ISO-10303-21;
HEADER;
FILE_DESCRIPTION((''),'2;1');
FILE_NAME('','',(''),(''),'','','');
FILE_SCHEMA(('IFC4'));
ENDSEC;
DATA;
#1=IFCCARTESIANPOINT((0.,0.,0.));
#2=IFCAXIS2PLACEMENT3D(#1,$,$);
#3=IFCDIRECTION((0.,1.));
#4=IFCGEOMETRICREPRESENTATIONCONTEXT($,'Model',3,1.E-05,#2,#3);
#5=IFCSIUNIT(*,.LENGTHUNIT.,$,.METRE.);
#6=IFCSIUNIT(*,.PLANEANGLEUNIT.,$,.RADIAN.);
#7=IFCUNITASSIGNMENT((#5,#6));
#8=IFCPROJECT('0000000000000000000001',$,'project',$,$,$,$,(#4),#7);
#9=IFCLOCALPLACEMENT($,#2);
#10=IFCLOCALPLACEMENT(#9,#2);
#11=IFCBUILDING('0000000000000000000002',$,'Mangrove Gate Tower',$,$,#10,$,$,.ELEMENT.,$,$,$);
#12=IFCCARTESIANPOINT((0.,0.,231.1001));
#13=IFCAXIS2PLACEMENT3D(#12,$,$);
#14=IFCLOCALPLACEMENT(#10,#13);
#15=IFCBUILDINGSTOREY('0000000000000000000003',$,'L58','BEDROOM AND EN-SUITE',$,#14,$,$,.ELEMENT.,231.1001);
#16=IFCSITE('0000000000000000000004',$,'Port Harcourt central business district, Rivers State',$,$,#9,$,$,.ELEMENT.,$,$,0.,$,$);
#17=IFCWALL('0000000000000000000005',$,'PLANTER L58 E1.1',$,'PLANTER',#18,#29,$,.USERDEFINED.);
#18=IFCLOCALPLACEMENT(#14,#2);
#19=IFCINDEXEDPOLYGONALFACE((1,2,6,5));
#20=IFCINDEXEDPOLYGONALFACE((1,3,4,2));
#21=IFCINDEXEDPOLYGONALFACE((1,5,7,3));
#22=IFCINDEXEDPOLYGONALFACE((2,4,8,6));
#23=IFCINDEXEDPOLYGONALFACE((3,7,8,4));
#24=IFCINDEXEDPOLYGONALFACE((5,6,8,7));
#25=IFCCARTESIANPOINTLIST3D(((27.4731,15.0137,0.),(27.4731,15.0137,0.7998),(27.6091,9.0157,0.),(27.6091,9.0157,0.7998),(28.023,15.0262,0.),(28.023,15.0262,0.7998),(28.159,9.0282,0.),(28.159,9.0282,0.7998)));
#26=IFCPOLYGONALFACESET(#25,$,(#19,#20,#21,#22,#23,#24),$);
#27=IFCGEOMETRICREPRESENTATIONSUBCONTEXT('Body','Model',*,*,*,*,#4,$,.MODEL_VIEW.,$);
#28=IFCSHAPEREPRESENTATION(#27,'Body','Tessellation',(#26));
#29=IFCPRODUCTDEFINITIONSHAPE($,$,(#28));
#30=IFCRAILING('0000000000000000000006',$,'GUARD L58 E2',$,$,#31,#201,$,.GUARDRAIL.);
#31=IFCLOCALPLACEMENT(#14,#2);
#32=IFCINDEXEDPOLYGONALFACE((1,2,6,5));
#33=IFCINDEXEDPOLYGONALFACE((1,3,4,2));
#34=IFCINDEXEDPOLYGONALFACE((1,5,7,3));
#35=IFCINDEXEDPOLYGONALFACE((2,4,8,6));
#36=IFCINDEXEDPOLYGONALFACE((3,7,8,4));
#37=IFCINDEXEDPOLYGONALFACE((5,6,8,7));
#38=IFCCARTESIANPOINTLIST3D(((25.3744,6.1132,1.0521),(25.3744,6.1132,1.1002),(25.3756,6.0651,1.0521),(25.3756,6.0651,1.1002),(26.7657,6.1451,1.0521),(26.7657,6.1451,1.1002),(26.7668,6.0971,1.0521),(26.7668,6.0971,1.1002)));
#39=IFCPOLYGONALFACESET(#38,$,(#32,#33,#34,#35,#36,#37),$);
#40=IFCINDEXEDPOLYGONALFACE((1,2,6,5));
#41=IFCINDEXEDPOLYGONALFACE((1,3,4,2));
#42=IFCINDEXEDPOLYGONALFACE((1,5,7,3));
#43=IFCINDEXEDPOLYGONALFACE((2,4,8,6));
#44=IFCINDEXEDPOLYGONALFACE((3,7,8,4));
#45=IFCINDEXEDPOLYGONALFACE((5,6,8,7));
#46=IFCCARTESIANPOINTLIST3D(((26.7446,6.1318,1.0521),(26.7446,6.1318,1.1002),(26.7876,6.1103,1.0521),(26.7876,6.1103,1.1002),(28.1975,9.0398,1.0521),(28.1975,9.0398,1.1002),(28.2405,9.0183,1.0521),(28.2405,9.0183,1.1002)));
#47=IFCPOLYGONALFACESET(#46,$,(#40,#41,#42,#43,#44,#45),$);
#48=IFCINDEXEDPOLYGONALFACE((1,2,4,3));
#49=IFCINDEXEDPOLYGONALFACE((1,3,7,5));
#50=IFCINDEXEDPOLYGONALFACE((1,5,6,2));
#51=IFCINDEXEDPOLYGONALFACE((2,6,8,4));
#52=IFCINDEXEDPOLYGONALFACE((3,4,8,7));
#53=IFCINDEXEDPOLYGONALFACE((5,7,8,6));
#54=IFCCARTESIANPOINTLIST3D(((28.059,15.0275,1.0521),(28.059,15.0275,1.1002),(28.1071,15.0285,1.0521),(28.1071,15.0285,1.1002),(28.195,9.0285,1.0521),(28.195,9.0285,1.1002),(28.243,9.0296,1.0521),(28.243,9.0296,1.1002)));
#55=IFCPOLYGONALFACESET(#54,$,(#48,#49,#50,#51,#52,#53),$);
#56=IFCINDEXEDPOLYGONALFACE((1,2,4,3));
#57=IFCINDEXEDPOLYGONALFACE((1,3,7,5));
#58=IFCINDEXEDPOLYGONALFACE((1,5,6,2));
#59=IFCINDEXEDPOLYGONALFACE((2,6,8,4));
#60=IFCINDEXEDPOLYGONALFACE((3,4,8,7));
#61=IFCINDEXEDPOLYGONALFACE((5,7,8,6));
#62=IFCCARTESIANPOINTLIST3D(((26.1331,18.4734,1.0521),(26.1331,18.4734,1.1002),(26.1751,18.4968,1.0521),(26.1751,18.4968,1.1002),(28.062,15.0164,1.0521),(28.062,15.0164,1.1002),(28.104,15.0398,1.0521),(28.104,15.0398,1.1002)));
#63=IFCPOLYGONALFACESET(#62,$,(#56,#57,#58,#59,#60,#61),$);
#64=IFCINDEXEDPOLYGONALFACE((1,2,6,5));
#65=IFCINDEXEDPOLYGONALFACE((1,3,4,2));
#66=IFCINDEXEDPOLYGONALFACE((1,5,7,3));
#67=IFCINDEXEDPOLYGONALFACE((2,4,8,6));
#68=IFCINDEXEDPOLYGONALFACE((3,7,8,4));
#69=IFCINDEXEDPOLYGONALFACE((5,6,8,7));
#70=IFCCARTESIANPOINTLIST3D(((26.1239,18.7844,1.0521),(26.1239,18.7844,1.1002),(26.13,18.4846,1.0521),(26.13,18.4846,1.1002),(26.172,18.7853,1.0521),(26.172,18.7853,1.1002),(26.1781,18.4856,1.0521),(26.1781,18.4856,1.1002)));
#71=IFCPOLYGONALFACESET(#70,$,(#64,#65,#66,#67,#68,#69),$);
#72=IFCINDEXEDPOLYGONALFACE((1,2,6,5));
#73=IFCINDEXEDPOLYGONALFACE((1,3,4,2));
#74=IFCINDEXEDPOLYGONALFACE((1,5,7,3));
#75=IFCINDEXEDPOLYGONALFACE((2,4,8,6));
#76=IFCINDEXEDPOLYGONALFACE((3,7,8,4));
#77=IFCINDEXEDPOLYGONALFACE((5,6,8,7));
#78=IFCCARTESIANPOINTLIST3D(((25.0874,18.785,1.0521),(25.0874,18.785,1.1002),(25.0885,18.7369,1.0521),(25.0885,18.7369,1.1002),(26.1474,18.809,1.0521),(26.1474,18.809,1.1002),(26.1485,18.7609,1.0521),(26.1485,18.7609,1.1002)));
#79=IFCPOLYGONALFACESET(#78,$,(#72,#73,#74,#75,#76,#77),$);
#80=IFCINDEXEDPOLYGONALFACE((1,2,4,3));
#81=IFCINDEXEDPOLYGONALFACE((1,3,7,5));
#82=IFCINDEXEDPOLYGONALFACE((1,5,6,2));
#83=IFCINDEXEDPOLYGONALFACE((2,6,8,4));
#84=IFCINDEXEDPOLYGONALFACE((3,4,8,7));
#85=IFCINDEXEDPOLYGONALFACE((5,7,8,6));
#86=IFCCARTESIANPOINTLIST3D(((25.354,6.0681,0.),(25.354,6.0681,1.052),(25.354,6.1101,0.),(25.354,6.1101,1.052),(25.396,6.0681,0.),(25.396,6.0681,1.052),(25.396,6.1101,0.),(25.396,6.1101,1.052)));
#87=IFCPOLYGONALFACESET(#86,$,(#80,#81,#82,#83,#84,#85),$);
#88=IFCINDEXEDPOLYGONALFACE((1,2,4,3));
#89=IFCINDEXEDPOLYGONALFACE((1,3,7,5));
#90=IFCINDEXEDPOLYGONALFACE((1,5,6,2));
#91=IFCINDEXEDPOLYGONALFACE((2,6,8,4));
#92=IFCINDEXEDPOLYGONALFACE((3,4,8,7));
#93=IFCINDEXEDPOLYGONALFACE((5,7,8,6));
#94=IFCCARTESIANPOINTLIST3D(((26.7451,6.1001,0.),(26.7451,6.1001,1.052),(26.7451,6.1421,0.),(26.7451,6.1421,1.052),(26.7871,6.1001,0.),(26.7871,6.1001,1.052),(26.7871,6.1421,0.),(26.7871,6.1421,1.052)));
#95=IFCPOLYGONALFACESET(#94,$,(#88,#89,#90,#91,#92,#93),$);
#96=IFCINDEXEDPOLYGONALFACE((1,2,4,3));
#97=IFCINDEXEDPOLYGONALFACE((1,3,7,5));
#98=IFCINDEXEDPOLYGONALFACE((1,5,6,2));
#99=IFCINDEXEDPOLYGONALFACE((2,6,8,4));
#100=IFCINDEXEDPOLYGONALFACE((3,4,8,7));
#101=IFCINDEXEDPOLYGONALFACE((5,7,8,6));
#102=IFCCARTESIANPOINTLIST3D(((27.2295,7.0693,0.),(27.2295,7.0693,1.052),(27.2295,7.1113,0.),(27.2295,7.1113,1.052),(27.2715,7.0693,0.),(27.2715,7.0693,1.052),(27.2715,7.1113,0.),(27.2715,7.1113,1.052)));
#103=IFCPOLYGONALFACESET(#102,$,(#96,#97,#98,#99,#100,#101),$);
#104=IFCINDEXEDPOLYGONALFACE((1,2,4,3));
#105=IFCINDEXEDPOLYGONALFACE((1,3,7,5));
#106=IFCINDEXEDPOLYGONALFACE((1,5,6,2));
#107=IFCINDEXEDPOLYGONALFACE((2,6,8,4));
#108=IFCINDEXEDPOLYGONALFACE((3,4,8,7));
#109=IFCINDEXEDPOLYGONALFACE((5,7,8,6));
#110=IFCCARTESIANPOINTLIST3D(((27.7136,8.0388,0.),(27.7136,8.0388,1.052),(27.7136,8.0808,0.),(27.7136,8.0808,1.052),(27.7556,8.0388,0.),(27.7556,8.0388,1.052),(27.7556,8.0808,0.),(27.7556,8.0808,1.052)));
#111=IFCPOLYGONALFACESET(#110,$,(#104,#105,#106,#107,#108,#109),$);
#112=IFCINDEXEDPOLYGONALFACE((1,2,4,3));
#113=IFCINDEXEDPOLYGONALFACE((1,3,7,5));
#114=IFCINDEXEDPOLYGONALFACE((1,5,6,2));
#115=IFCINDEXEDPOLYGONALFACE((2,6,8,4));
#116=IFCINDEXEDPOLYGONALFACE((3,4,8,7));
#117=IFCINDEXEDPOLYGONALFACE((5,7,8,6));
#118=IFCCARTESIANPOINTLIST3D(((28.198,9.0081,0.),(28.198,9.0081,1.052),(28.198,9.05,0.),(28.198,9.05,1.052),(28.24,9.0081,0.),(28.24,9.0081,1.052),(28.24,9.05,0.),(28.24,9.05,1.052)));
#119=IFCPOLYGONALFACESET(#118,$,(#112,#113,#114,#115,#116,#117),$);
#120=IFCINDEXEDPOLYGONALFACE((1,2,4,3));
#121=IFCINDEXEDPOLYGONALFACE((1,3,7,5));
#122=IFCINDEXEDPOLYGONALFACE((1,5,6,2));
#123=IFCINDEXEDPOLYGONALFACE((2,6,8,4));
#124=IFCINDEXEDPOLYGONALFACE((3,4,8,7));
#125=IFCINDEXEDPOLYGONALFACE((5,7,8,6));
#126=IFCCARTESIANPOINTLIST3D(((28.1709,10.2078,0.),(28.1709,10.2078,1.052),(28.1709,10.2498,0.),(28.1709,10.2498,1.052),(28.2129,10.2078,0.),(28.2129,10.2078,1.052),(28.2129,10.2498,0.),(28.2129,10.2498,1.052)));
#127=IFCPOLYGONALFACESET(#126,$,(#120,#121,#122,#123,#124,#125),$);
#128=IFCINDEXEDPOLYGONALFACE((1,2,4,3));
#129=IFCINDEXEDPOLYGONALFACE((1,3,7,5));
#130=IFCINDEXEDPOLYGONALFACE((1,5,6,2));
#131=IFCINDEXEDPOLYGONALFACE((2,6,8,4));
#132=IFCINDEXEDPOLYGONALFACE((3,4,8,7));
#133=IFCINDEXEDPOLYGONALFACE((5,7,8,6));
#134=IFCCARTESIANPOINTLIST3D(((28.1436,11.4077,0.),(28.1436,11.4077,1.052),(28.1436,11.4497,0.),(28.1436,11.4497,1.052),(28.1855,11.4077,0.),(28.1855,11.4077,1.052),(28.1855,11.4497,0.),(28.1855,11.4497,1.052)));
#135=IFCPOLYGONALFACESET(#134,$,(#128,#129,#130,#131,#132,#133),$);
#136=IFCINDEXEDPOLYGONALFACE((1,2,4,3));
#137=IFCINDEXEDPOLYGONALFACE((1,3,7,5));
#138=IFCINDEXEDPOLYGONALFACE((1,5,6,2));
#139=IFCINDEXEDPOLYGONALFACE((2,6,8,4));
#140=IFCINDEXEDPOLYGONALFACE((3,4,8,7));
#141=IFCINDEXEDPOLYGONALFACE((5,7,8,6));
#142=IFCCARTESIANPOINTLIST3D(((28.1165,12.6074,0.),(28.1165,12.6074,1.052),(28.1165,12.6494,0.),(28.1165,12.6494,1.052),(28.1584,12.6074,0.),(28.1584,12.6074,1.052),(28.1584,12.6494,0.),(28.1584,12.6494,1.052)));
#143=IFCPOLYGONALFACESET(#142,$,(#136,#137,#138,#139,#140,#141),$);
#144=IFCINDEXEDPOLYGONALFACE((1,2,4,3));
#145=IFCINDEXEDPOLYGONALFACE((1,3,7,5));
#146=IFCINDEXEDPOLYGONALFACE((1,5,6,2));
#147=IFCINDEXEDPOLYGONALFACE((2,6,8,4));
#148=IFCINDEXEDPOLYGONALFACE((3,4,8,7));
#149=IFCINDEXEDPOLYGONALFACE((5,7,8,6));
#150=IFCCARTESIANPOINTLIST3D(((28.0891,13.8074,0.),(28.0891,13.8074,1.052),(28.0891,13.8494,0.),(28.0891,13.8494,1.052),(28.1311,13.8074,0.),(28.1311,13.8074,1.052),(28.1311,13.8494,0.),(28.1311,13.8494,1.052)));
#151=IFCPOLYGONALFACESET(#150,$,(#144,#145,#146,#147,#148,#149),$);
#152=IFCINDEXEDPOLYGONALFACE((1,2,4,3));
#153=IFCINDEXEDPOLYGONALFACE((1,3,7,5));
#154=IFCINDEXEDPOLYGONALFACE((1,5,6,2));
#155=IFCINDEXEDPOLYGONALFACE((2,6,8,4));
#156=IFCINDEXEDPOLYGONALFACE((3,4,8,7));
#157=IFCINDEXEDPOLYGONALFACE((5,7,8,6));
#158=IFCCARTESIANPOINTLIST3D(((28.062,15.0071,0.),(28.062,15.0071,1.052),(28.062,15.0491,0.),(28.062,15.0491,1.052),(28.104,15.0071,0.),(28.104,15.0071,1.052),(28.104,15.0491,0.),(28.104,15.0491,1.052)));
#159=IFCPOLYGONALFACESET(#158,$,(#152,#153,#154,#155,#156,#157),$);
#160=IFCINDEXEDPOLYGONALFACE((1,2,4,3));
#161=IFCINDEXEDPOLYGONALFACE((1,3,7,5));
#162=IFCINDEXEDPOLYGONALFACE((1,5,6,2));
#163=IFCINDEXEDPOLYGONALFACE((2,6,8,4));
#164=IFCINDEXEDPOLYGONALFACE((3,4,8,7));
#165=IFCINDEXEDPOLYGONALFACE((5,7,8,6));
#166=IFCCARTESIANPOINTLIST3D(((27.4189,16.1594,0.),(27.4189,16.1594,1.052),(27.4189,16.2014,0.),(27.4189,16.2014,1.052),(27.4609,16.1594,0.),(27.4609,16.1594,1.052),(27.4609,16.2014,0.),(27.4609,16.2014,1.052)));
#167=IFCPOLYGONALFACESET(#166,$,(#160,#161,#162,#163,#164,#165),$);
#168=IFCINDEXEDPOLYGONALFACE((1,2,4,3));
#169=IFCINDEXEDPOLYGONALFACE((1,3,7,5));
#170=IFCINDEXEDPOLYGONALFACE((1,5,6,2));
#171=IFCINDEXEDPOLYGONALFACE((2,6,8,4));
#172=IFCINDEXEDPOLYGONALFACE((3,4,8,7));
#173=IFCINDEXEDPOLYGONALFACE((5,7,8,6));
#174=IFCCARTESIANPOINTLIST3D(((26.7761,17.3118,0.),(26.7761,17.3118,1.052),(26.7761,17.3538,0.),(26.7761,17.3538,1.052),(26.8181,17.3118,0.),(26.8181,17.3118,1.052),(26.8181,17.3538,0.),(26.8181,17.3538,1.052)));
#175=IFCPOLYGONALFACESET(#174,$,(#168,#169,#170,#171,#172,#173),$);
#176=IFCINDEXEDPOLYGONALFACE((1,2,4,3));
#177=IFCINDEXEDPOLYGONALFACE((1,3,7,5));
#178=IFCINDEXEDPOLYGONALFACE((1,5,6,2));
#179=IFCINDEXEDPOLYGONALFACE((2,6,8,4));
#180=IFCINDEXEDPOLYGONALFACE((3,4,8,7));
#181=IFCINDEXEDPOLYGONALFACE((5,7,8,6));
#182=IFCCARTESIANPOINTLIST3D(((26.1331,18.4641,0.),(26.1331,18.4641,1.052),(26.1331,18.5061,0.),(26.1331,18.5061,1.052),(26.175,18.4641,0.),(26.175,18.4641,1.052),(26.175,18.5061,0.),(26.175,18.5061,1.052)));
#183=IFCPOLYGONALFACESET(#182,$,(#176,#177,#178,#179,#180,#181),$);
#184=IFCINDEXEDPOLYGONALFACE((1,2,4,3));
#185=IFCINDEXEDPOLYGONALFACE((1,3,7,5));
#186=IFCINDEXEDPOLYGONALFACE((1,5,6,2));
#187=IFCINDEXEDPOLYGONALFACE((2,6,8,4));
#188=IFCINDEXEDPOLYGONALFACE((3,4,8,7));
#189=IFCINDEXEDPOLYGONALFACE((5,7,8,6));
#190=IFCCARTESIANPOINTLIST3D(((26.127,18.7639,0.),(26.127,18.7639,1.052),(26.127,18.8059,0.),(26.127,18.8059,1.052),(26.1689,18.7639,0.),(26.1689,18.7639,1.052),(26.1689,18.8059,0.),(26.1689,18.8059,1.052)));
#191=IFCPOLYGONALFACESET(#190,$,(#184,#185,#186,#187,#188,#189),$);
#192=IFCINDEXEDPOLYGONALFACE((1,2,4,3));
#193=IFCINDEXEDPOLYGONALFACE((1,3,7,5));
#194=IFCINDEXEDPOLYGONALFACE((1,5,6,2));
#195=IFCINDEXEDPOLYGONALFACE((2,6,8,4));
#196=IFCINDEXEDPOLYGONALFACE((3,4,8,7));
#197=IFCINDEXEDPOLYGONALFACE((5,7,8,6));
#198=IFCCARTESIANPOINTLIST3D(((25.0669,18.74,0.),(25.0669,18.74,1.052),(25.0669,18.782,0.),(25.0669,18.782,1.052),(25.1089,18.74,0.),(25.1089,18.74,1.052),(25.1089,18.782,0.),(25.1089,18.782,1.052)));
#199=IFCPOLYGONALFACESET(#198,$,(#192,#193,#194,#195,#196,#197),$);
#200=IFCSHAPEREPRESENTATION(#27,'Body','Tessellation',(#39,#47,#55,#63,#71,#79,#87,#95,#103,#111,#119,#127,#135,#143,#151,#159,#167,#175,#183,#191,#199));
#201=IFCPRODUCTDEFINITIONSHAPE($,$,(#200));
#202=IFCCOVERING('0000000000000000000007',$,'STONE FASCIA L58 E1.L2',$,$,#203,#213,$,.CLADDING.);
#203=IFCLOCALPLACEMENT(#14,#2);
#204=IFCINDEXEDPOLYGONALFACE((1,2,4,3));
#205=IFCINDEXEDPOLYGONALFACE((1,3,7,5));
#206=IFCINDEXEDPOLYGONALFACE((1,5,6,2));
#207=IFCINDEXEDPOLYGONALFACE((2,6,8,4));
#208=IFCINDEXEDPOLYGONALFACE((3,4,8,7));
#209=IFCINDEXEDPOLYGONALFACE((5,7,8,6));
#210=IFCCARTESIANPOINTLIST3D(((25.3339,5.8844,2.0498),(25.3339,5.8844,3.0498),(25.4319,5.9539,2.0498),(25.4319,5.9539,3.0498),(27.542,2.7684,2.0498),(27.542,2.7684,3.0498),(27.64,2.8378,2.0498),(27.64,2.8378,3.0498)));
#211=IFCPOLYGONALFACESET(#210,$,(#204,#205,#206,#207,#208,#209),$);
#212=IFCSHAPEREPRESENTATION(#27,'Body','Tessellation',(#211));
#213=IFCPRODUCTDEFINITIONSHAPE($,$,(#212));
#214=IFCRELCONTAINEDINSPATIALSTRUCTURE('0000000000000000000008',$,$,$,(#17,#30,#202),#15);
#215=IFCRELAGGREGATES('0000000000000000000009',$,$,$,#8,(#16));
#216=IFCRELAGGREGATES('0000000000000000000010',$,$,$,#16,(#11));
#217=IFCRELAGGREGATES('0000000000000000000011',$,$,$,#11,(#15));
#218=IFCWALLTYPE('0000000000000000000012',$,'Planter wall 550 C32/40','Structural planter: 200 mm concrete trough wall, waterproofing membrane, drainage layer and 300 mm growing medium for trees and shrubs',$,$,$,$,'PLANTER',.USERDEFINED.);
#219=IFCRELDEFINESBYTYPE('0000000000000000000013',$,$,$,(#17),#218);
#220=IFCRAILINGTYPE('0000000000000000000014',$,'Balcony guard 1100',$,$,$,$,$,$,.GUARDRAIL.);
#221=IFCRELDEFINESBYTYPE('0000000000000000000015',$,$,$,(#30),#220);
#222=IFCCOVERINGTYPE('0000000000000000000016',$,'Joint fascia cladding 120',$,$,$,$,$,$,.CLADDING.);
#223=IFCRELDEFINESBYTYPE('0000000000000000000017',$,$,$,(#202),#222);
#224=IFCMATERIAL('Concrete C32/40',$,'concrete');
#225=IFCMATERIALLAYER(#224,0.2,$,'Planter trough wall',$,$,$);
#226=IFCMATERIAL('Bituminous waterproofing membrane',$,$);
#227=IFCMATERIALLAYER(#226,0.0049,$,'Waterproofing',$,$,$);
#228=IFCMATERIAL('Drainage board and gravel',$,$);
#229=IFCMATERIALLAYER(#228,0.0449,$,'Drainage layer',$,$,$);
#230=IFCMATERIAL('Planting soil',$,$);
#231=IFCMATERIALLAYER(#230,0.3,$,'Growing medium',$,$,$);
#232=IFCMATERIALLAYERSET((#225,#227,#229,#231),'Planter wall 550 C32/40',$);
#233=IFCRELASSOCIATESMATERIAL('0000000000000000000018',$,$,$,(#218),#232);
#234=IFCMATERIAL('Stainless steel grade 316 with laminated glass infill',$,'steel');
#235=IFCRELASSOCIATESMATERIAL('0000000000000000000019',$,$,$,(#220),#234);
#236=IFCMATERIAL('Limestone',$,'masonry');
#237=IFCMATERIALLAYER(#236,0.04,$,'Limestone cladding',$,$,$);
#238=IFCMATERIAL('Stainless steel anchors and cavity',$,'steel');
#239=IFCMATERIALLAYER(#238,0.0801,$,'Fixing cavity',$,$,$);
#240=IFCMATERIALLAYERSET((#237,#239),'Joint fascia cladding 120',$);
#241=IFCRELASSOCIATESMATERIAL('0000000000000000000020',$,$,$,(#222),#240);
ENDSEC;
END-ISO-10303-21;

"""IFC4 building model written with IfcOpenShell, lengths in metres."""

from ifc_helpers import new_model, si_unit, direction, frame, frame_2d, origin, origin_2d, place, context, subcontext, project, spatial, rectangle, extrude, material, layer, layer_set, type_object, element, save


model = new_model("IFC4")

# Units and contexts
model_context = context("Model", 3, precision=1e-05, world=origin(), true_north=direction((0.0, 1.0)))
body_context = subcontext(model_context, "Body", "Model", "MODEL_VIEW")
ifc_project = project(units=[si_unit("LENGTHUNIT", "METRE"), si_unit("PLANEANGLEUNIT", "RADIAN")], contexts=[model_context])

# Site, building, storey
site_placement = place(None, origin())
site = spatial("IfcSite", under=ifc_project, at=site_placement, Name="Port Harcourt central business district, Rivers State", CompositionType="ELEMENT", RefElevation=0.0)
building_placement = place(site_placement, origin())
building = spatial("IfcBuilding", under=site, at=building_placement, Name="Mangrove Gate Tower", CompositionType="ELEMENT")
storey_placement = place(building_placement, frame((0.0, 0.0, 231.1001)))
storey = spatial("IfcBuildingStorey", under=building, at=storey_placement, Name="L58", Description="BEDROOM AND EN-SUITE", CompositionType="ELEMENT", Elevation=231.1001)

# Shared definitions
ifc_material_1 = material(Name="Limestone", Category="masonry")

# Wall
ifc_material_2 = material(Name="Concrete C32/40", Category="concrete")
ifc_layer_1 = layer(ifc_material_2, 0.2, Name="Planter trough wall")
ifc_material_3 = material(Name="Bituminous waterproofing membrane")
ifc_layer_2 = layer(ifc_material_3, 0.0049, Name="Waterproofing")
ifc_material_4 = material(Name="Drainage board and gravel")
ifc_layer_3 = layer(ifc_material_4, 0.0449, Name="Drainage layer")
ifc_material_5 = material(Name="Planting soil")
ifc_layer_4 = layer(ifc_material_5, 0.3, Name="Growing medium")
ifc_layer_set_1 = layer_set([ifc_layer_1, ifc_layer_2, ifc_layer_3, ifc_layer_4], Name="Planter wall 550 C32/40")
wall_type_1 = type_object("IfcWallType", Name="Planter wall 550 C32/40", Description="Structural planter: 200 mm concrete trough wall, waterproofing membrane, drainage layer and 300 mm growing medium for trees and shrubs", ElementType="PLANTER", PredefinedType="USERDEFINED", material=ifc_layer_set_1)
wall_1_placement = place(storey_placement, frame((27.884, 9.022, 0.0), z_axis=(0.0, 0.0, 1.0), x_axis=(-0.022666, 0.999743, 0.0)))
element("IfcWall", 1, at=wall_1_placement, inside=storey, type_object=wall_type_1, Name="PLANTER L58 E1.1", ObjectType="PLANTER", PredefinedType="USERDEFINED", context=body_context, shape_type="SweptSolid", body=[
    extrude(rectangle(XDim=5.9995, YDim=0.55, at=frame_2d((2.9998, 0.0))), origin(), (0.0, 0.0, 1.0), 0.7998),
])

# Railing
ifc_material_6 = material(Name="Stainless steel grade 316 with laminated glass infill", Category="steel")
railing_type = type_object("IfcRailingType", Name="Balcony guard 1100", PredefinedType="GUARDRAIL", material=ifc_material_6)
railing_placement = place(storey_placement, frame((25.375, 6.0891, 0.0)))
element("IfcRailing", 2, at=railing_placement, inside=storey, type_object=railing_type, Name="GUARD L58 E2", PredefinedType="GUARDRAIL", context=body_context, shape_type="SweptSolid", body=[
    extrude(rectangle(XDim=0.0481, YDim=0.0481, at=origin_2d()), frame((0.0, 0.0, 1.0762), z_axis=(0.999736, 0.022984, 0.0), x_axis=(-0.022984, 0.999736, 0.0)), (0.0, 0.0, 1.0), 1.3916),
    extrude(rectangle(XDim=0.0481, YDim=0.0481, at=origin_2d()), frame((1.3911, 0.032, 1.0762), z_axis=(0.446943, 0.894562, 0.0), x_axis=(-0.894562, 0.446943, 0.0)), (0.0, 0.0, 1.0), 3.2507),
    extrude(rectangle(XDim=0.0481, YDim=0.0481, at=origin_2d()), frame((2.844, 2.9399, 1.0762), z_axis=(-0.022662, 0.999743, 0.0), x_axis=(-0.999743, -0.022662, 0.0)), (0.0, 0.0, 1.0), 6.0005),
    extrude(rectangle(XDim=0.0481, YDim=0.0481, at=origin_2d()), frame((2.708, 8.939, 1.0762), z_axis=(-0.48726, 0.873257, 0.0), x_axis=(-0.873257, -0.48726, 0.0)), (0.0, 0.0, 1.0), 3.9587),
    extrude(rectangle(XDim=0.0481, YDim=0.0481, at=origin_2d()), frame((0.7791, 12.396, 1.0762), z_axis=(-0.020354, 0.999793, 0.0), x_axis=(-0.999793, -0.020354, 0.0)), (0.0, 0.0, 1.0), 0.2998),
    extrude(rectangle(XDim=0.0481, YDim=0.0481, at=origin_2d()), frame((0.7729, 12.6958, 1.0762), z_axis=(-0.999745, -0.022564, 0.0), x_axis=(0.022564, -0.999745, 0.0)), (0.0, 0.0, 1.0), 1.0603),
    extrude(rectangle(XDim=0.042, YDim=0.042, at=origin_2d()), origin(), (0.0, 0.0, 1.0), 1.052),
    extrude(rectangle(XDim=0.042, YDim=0.042, at=origin_2d()), frame((1.3911, 0.032, 0.0)), (0.0, 0.0, 1.0), 1.052),
    extrude(rectangle(XDim=0.042, YDim=0.042, at=origin_2d()), frame((1.8755, 1.0012, 0.0)), (0.0, 0.0, 1.0), 1.052),
    extrude(rectangle(XDim=0.042, YDim=0.042, at=origin_2d()), frame((2.3596, 1.9707, 0.0)), (0.0, 0.0, 1.0), 1.052),
    extrude(rectangle(XDim=0.042, YDim=0.042, at=origin_2d()), frame((2.844, 2.9399, 0.0)), (0.0, 0.0, 1.0), 1.052),
    extrude(rectangle(XDim=0.042, YDim=0.042, at=origin_2d()), frame((2.8169, 4.1396, 0.0)), (0.0, 0.0, 1.0), 1.052),
    extrude(rectangle(XDim=0.042, YDim=0.042, at=origin_2d()), frame((2.7896, 5.3396, 0.0)), (0.0, 0.0, 1.0), 1.052),
    extrude(rectangle(XDim=0.042, YDim=0.042, at=origin_2d()), frame((2.7625, 6.5393, 0.0)), (0.0, 0.0, 1.0), 1.052),
    extrude(rectangle(XDim=0.042, YDim=0.042, at=origin_2d()), frame((2.7351, 7.7393, 0.0)), (0.0, 0.0, 1.0), 1.052),
    extrude(rectangle(XDim=0.042, YDim=0.042, at=origin_2d()), frame((2.708, 8.939, 0.0)), (0.0, 0.0, 1.0), 1.052),
    extrude(rectangle(XDim=0.042, YDim=0.042, at=origin_2d()), frame((2.0649, 10.0913, 0.0)), (0.0, 0.0, 1.0), 1.052),
    extrude(rectangle(XDim=0.042, YDim=0.042, at=origin_2d()), frame((1.4221, 11.2437, 0.0)), (0.0, 0.0, 1.0), 1.052),
    extrude(rectangle(XDim=0.042, YDim=0.042, at=origin_2d()), frame((0.7791, 12.396, 0.0)), (0.0, 0.0, 1.0), 1.052),
    extrude(rectangle(XDim=0.042, YDim=0.042, at=origin_2d()), frame((0.7729, 12.6958, 0.0)), (0.0, 0.0, 1.0), 1.052),
    extrude(rectangle(XDim=0.042, YDim=0.042, at=origin_2d()), frame((-0.2871, 12.6719, 0.0)), (0.0, 0.0, 1.0), 1.052),
])

# Covering
ifc_layer_5 = layer(ifc_material_1, 0.04, Name="Limestone cladding")
ifc_material_7 = material(Name="Stainless steel anchors and cavity", Category="steel")
ifc_layer_6 = layer(ifc_material_7, 0.0801, Name="Fixing cavity")
ifc_layer_set_2 = layer_set([ifc_layer_5, ifc_layer_6], Name="Joint fascia cladding 120")
covering_type = type_object("IfcCoveringType", Name="Joint fascia cladding 120", PredefinedType="CLADDING", material=ifc_layer_set_2)
covering_placement = place(storey_placement, frame((27.5911, 2.803, 2.0498), z_axis=(0.0, 0.0, 1.0), x_axis=(-0.578168, 0.815918, 0.0)))
element("IfcCovering", 3, at=covering_placement, inside=storey, type_object=covering_type, Name="STONE FASCIA L58 E1.L2", PredefinedType="CLADDING", context=body_context, shape_type="SweptSolid", body=[
    extrude(rectangle(XDim=3.8191, YDim=0.1201, at=frame_2d((1.9097, 0.0))), origin(), (0.0, 0.0, 1.0), 1.0),
])

save(model, "model.ifc")
